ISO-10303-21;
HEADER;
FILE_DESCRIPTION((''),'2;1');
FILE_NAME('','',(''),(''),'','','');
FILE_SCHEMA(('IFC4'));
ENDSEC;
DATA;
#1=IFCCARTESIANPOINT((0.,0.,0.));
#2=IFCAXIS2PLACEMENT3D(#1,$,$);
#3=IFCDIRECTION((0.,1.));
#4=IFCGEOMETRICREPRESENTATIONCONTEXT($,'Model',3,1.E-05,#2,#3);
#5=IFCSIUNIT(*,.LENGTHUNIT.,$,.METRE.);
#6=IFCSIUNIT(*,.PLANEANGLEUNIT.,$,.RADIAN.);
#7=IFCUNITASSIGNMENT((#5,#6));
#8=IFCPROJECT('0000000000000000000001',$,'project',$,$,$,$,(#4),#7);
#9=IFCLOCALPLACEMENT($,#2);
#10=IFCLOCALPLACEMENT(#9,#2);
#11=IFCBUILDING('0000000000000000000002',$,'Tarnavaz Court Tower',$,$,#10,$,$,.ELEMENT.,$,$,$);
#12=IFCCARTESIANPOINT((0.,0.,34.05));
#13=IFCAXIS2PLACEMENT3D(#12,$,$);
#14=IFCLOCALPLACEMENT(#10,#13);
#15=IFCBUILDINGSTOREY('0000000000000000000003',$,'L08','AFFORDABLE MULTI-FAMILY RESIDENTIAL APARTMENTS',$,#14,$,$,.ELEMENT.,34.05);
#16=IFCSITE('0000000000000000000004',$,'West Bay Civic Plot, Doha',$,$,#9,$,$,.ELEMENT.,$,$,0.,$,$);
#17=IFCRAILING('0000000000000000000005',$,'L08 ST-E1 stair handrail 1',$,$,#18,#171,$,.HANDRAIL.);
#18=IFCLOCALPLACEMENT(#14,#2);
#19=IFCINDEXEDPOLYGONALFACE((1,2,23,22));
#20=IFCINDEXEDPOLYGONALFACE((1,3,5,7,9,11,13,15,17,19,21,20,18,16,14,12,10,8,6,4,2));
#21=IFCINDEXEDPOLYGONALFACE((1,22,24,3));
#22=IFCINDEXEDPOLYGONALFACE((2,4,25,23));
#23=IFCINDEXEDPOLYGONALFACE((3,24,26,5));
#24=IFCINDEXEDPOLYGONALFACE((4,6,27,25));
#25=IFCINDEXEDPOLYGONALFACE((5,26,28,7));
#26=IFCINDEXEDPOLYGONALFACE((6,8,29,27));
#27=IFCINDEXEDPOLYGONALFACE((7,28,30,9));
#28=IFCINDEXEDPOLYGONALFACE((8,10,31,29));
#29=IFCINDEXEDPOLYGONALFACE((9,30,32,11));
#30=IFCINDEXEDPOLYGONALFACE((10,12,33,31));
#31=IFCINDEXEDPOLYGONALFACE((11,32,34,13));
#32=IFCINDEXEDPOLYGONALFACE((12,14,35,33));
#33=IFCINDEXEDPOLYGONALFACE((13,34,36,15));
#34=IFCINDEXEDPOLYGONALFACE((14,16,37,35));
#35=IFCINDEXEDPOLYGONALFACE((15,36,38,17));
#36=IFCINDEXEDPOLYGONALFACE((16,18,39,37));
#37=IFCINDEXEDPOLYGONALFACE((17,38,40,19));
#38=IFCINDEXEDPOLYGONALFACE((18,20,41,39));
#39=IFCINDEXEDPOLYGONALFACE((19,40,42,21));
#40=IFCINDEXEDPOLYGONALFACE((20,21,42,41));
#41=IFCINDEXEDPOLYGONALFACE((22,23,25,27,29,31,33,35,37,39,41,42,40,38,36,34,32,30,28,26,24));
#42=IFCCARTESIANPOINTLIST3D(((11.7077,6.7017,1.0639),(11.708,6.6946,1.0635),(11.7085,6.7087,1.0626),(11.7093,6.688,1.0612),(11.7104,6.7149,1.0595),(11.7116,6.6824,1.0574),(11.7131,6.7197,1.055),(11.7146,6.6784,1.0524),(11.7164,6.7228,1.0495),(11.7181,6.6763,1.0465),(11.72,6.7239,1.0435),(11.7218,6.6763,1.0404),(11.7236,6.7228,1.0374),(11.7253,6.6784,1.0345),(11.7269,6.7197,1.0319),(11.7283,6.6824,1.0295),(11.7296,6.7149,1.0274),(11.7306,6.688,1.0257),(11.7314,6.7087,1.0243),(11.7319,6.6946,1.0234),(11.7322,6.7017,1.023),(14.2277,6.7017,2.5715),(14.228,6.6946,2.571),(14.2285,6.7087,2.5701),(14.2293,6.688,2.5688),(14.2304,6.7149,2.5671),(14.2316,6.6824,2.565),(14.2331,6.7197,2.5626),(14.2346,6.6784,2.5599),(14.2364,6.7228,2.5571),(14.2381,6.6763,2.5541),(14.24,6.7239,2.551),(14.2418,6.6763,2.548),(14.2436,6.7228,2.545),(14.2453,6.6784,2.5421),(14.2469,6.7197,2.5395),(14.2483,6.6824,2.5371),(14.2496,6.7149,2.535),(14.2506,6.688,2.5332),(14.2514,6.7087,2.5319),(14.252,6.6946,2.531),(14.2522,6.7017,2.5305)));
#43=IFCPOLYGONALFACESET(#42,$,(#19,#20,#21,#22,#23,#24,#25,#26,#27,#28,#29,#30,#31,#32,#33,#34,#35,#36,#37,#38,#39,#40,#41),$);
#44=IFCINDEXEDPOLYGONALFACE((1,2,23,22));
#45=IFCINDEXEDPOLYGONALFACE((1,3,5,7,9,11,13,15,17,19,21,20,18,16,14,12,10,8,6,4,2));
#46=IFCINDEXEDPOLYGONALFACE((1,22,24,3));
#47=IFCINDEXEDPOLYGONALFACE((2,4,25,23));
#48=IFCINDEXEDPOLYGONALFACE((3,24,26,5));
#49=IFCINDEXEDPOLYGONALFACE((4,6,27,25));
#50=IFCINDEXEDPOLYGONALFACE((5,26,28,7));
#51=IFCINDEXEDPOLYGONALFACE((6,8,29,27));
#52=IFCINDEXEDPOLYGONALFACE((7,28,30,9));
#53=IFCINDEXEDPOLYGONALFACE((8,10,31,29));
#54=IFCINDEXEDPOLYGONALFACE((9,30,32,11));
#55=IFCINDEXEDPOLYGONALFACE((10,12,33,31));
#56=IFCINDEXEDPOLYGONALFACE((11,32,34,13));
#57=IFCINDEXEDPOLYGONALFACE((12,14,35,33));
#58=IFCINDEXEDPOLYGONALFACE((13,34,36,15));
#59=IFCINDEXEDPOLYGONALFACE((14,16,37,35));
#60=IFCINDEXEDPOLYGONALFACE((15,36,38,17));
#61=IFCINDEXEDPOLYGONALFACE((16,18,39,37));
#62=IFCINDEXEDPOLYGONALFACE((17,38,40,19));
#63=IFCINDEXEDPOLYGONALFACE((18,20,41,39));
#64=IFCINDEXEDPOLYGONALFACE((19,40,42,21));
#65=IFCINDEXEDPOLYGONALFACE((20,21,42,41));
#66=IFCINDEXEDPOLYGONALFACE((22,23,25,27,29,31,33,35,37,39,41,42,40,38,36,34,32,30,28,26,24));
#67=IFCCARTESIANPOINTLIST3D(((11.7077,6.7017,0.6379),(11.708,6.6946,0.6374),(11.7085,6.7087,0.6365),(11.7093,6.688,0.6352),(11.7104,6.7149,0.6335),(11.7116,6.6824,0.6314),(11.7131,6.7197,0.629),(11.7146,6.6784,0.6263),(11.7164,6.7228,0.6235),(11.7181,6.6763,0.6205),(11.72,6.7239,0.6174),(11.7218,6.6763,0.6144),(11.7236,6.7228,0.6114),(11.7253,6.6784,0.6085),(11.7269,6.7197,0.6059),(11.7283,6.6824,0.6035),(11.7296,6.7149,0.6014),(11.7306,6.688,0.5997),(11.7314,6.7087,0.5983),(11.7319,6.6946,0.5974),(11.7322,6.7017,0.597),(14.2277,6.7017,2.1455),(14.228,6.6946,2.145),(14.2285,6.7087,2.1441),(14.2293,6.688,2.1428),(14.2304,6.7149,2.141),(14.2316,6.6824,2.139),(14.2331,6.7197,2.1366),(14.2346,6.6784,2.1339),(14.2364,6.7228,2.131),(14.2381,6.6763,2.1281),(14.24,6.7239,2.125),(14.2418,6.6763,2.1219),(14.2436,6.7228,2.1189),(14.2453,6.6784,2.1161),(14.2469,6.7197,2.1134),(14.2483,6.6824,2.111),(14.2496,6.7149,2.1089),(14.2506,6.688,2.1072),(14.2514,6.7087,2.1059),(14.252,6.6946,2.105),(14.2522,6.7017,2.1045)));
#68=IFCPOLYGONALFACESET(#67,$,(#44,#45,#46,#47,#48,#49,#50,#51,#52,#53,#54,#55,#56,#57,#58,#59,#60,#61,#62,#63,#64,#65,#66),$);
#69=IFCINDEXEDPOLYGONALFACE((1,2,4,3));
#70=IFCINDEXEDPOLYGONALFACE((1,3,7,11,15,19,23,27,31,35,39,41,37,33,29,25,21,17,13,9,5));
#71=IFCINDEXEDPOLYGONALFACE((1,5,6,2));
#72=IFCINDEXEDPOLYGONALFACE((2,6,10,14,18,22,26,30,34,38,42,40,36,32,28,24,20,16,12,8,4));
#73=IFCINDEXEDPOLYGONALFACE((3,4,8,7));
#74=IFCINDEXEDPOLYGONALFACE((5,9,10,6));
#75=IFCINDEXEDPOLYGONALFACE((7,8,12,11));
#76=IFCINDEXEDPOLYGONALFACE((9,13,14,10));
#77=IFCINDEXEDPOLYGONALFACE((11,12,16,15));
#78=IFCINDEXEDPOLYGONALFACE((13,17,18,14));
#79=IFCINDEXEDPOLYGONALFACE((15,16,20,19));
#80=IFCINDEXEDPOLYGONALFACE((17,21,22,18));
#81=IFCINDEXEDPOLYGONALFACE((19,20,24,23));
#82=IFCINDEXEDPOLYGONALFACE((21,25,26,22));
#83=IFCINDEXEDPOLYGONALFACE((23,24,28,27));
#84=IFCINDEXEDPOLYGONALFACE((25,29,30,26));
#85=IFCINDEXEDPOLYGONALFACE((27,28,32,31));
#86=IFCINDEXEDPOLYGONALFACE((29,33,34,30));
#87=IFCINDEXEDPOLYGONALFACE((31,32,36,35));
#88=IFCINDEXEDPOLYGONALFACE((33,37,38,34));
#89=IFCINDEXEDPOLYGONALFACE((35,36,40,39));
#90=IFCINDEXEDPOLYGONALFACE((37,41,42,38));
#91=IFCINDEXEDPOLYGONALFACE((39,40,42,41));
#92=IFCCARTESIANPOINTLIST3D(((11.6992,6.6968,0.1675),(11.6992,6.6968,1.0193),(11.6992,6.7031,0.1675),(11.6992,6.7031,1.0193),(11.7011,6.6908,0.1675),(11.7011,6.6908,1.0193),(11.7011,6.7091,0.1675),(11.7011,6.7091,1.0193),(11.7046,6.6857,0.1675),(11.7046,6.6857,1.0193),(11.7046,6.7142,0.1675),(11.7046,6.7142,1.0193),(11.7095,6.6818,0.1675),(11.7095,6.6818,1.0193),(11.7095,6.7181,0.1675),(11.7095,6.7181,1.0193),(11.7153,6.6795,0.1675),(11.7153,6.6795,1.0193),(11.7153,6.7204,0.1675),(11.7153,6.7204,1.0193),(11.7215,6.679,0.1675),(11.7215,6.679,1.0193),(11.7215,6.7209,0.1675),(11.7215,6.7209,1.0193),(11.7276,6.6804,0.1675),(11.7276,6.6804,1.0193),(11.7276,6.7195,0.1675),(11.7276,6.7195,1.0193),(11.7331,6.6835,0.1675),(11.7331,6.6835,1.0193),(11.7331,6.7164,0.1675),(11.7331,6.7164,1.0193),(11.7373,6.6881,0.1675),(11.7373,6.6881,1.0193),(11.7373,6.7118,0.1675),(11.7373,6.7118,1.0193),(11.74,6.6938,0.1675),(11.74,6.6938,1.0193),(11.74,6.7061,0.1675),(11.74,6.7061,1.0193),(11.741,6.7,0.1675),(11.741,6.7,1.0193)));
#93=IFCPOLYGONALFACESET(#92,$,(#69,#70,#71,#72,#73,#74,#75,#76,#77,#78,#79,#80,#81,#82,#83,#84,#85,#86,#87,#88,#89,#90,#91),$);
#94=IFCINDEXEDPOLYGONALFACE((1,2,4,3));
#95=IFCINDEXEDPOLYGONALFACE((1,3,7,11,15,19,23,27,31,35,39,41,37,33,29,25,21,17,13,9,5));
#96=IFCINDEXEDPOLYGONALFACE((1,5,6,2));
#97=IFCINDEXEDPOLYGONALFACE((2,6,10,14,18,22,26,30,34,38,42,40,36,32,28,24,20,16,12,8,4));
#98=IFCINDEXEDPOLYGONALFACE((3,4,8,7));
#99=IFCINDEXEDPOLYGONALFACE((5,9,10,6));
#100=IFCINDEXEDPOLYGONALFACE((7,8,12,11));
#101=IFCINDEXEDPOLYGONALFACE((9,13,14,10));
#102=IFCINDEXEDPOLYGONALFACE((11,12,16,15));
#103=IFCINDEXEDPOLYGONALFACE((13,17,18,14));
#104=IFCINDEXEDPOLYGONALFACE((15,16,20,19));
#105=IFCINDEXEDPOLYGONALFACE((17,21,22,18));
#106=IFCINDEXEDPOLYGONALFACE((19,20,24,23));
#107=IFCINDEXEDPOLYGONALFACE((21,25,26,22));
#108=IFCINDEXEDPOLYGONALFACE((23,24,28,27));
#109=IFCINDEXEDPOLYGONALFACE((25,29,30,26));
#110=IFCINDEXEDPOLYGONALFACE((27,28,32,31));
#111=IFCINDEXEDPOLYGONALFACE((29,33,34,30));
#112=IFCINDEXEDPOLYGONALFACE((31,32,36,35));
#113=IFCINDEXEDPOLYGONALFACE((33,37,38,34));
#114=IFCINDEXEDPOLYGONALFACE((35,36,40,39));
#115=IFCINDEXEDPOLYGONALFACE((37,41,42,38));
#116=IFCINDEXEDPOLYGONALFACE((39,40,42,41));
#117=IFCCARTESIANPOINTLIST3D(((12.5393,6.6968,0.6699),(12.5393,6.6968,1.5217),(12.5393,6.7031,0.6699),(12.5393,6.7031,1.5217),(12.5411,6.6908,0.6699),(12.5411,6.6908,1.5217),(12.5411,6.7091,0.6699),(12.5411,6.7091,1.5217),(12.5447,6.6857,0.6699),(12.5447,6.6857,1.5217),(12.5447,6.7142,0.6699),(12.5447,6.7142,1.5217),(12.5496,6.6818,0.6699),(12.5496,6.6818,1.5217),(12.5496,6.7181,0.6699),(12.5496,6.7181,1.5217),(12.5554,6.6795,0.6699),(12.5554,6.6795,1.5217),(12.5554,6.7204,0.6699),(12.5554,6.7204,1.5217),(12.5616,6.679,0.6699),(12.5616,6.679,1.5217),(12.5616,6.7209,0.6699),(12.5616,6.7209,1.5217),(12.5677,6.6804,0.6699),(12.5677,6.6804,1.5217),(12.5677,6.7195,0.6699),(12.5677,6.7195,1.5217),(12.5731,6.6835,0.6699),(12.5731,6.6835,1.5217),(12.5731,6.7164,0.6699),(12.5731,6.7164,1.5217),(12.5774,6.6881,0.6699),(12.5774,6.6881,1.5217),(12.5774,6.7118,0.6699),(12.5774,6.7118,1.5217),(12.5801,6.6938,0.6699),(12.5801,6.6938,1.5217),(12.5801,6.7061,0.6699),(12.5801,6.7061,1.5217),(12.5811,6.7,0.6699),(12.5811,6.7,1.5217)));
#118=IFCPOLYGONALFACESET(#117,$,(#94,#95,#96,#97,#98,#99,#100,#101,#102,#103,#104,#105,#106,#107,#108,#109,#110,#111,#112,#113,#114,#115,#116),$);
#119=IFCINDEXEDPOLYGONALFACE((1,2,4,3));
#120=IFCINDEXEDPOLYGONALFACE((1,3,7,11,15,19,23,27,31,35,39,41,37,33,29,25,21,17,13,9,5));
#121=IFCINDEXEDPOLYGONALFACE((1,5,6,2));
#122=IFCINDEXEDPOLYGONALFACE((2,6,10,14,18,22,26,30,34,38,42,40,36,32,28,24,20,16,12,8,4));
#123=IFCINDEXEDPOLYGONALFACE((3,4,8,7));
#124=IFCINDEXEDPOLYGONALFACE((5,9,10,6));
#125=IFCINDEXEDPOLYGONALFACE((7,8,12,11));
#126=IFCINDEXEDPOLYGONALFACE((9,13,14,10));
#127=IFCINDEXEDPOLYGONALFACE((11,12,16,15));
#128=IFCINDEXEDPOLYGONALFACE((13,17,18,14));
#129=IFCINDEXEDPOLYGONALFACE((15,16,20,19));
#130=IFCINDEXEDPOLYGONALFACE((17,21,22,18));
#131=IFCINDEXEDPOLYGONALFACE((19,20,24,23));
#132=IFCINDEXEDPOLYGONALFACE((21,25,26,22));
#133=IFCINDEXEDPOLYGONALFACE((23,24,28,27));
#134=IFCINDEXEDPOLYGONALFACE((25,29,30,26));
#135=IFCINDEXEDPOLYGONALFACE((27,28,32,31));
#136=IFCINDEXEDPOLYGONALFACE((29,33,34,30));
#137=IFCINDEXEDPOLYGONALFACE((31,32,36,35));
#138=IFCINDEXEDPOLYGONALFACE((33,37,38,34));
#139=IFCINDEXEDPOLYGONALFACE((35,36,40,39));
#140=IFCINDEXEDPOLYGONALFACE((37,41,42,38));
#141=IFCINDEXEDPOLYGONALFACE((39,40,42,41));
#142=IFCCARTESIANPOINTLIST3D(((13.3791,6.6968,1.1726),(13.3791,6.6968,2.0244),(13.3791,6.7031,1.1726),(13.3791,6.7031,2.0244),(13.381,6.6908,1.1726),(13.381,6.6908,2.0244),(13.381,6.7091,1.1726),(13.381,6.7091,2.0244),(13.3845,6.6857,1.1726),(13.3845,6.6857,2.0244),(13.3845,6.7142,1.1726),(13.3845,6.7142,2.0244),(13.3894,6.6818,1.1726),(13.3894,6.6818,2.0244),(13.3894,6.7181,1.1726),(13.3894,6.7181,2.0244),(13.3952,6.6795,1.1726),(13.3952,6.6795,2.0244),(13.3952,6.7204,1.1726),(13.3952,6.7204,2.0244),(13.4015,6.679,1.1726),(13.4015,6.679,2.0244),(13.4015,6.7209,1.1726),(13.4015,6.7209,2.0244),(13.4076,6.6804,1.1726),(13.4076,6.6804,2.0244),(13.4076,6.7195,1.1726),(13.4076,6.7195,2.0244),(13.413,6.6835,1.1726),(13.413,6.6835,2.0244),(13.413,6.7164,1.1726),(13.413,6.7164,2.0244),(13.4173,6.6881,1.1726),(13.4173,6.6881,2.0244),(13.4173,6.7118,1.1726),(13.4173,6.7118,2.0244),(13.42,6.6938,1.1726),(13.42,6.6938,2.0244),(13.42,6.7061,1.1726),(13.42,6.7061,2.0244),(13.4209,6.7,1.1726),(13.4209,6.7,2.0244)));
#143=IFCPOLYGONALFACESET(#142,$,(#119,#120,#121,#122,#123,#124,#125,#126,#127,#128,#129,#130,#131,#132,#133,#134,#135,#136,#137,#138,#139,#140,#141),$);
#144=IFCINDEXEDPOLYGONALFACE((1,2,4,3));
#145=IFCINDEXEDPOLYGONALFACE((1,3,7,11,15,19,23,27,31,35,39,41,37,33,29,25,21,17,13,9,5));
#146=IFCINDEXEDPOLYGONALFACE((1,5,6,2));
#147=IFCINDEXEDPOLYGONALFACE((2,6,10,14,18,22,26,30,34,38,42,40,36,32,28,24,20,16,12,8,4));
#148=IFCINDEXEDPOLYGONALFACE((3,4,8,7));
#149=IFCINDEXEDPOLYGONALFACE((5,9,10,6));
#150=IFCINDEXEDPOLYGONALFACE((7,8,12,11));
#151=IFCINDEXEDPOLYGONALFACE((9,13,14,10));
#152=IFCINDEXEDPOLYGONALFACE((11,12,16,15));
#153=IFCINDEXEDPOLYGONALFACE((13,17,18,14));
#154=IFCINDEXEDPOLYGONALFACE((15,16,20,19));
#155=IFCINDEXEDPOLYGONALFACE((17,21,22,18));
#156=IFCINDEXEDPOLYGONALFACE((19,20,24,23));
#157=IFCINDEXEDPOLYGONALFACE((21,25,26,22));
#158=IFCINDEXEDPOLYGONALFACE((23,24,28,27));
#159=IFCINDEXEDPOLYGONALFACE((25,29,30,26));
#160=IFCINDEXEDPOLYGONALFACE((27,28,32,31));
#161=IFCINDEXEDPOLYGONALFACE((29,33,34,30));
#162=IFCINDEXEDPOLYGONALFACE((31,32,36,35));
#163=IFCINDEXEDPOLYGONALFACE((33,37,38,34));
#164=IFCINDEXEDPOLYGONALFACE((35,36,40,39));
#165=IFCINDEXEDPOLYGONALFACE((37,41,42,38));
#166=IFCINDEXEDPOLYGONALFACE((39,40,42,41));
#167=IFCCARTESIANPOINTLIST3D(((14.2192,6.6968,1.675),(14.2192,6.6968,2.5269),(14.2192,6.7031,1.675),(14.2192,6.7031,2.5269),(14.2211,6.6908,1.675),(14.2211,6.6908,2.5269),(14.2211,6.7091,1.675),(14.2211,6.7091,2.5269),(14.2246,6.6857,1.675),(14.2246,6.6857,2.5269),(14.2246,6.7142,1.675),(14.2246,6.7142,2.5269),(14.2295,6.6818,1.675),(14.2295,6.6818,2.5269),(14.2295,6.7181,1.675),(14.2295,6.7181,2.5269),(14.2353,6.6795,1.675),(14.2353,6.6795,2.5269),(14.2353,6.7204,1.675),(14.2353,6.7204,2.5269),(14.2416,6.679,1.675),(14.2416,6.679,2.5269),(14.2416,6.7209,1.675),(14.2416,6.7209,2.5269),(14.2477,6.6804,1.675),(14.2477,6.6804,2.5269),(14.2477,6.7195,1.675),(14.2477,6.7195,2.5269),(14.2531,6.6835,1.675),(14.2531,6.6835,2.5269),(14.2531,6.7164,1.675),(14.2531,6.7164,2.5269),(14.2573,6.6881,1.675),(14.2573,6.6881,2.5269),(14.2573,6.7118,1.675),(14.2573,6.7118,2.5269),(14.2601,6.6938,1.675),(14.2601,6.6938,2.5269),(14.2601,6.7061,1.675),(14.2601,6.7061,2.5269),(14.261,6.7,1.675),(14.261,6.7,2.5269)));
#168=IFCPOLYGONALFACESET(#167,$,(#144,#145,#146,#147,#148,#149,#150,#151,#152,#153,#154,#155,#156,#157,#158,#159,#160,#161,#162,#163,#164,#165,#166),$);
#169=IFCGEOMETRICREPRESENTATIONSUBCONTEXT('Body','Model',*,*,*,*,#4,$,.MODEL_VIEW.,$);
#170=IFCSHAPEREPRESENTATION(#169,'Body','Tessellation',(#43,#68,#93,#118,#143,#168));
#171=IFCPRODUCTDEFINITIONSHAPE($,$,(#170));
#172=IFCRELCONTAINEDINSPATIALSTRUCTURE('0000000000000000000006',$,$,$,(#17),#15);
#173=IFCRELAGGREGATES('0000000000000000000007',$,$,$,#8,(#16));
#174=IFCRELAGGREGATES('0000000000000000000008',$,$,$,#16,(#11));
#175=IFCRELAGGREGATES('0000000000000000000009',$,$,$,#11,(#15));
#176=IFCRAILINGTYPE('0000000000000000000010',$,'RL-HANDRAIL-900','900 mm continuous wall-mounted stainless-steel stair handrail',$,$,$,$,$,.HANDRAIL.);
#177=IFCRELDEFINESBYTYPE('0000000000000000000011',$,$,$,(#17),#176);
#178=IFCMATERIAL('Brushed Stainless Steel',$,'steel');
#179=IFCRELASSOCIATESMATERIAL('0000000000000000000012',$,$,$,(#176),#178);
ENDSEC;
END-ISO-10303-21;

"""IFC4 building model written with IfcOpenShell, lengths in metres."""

from ifc_helpers import new_model, si_unit, direction, frame, origin, origin_2d, place, context, subcontext, project, spatial, circle, extrude, material, type_object, element, save


model = new_model("IFC4")

# Units and contexts
model_context = context("Model", 3, precision=1e-05, world=origin(), true_north=direction((0.0, 1.0)))
body_context = subcontext(model_context, "Body", "Model", "MODEL_VIEW")
ifc_project = project(units=[si_unit("LENGTHUNIT", "METRE"), si_unit("PLANEANGLEUNIT", "RADIAN")], contexts=[model_context])

# Site, building, storey
site_placement = place(None, origin())
site = spatial("IfcSite", under=ifc_project, at=site_placement, Name="West Bay Civic Plot, Doha", CompositionType="ELEMENT", RefElevation=0.0)
building_placement = place(site_placement, origin())
building = spatial("IfcBuilding", under=site, at=building_placement, Name="Tarnavaz Court Tower", CompositionType="ELEMENT")
storey_placement = place(building_placement, frame((0.0, 0.0, 34.05)))
storey = spatial("IfcBuildingStorey", under=building, at=storey_placement, Name="L08", Description="AFFORDABLE MULTI-FAMILY RESIDENTIAL APARTMENTS", CompositionType="ELEMENT", Elevation=34.05)

# Railing
ifc_material_1 = material(Name="Brushed Stainless Steel", Category="steel")
railing_type_1 = type_object("IfcRailingType", Name="RL-HANDRAIL-900", Description="900 mm continuous wall-mounted stainless-steel stair handrail", PredefinedType="HANDRAIL", material=ifc_material_1)
railing_1_placement = place(storey_placement, frame((11.72, 6.7, 0.1675)))
element("IfcRailing", 1, at=railing_1_placement, inside=storey, type_object=railing_type_1, Name="L08 ST-E1 stair handrail 1", PredefinedType="HANDRAIL", context=body_context, shape_type="SweptSolid", body=[
    extrude(circle(Radius=0.0239, at=origin_2d()), frame((0.0, 0.0, 0.876), z_axis=(0.85816, 0.0, 0.513383), x_axis=(0.0, 1.0, 0.0)), (0.0, 0.0, 1.0), 2.9365),
    extrude(circle(Radius=0.0239, at=origin_2d()), frame((0.0, 0.0, 0.45), z_axis=(0.85816, 0.0, 0.513383), x_axis=(0.0, 1.0, 0.0)), (0.0, 0.0, 1.0), 2.9365),
    extrude(circle(Radius=0.021, at=origin_2d()), origin(), (0.0, 0.0, 1.0), 0.8518),
    extrude(circle(Radius=0.021, at=origin_2d()), frame((0.8401, 0.0, 0.5024)), (0.0, 0.0, 1.0), 0.8518),
    extrude(circle(Radius=0.021, at=origin_2d()), frame((1.6799, 0.0, 1.0051)), (0.0, 0.0, 1.0), 0.8518),
    extrude(circle(Radius=0.021, at=origin_2d()), frame((2.52, 0.0, 1.5076)), (0.0, 0.0, 1.0), 0.8518),
])

save(model, "model.ifc")
